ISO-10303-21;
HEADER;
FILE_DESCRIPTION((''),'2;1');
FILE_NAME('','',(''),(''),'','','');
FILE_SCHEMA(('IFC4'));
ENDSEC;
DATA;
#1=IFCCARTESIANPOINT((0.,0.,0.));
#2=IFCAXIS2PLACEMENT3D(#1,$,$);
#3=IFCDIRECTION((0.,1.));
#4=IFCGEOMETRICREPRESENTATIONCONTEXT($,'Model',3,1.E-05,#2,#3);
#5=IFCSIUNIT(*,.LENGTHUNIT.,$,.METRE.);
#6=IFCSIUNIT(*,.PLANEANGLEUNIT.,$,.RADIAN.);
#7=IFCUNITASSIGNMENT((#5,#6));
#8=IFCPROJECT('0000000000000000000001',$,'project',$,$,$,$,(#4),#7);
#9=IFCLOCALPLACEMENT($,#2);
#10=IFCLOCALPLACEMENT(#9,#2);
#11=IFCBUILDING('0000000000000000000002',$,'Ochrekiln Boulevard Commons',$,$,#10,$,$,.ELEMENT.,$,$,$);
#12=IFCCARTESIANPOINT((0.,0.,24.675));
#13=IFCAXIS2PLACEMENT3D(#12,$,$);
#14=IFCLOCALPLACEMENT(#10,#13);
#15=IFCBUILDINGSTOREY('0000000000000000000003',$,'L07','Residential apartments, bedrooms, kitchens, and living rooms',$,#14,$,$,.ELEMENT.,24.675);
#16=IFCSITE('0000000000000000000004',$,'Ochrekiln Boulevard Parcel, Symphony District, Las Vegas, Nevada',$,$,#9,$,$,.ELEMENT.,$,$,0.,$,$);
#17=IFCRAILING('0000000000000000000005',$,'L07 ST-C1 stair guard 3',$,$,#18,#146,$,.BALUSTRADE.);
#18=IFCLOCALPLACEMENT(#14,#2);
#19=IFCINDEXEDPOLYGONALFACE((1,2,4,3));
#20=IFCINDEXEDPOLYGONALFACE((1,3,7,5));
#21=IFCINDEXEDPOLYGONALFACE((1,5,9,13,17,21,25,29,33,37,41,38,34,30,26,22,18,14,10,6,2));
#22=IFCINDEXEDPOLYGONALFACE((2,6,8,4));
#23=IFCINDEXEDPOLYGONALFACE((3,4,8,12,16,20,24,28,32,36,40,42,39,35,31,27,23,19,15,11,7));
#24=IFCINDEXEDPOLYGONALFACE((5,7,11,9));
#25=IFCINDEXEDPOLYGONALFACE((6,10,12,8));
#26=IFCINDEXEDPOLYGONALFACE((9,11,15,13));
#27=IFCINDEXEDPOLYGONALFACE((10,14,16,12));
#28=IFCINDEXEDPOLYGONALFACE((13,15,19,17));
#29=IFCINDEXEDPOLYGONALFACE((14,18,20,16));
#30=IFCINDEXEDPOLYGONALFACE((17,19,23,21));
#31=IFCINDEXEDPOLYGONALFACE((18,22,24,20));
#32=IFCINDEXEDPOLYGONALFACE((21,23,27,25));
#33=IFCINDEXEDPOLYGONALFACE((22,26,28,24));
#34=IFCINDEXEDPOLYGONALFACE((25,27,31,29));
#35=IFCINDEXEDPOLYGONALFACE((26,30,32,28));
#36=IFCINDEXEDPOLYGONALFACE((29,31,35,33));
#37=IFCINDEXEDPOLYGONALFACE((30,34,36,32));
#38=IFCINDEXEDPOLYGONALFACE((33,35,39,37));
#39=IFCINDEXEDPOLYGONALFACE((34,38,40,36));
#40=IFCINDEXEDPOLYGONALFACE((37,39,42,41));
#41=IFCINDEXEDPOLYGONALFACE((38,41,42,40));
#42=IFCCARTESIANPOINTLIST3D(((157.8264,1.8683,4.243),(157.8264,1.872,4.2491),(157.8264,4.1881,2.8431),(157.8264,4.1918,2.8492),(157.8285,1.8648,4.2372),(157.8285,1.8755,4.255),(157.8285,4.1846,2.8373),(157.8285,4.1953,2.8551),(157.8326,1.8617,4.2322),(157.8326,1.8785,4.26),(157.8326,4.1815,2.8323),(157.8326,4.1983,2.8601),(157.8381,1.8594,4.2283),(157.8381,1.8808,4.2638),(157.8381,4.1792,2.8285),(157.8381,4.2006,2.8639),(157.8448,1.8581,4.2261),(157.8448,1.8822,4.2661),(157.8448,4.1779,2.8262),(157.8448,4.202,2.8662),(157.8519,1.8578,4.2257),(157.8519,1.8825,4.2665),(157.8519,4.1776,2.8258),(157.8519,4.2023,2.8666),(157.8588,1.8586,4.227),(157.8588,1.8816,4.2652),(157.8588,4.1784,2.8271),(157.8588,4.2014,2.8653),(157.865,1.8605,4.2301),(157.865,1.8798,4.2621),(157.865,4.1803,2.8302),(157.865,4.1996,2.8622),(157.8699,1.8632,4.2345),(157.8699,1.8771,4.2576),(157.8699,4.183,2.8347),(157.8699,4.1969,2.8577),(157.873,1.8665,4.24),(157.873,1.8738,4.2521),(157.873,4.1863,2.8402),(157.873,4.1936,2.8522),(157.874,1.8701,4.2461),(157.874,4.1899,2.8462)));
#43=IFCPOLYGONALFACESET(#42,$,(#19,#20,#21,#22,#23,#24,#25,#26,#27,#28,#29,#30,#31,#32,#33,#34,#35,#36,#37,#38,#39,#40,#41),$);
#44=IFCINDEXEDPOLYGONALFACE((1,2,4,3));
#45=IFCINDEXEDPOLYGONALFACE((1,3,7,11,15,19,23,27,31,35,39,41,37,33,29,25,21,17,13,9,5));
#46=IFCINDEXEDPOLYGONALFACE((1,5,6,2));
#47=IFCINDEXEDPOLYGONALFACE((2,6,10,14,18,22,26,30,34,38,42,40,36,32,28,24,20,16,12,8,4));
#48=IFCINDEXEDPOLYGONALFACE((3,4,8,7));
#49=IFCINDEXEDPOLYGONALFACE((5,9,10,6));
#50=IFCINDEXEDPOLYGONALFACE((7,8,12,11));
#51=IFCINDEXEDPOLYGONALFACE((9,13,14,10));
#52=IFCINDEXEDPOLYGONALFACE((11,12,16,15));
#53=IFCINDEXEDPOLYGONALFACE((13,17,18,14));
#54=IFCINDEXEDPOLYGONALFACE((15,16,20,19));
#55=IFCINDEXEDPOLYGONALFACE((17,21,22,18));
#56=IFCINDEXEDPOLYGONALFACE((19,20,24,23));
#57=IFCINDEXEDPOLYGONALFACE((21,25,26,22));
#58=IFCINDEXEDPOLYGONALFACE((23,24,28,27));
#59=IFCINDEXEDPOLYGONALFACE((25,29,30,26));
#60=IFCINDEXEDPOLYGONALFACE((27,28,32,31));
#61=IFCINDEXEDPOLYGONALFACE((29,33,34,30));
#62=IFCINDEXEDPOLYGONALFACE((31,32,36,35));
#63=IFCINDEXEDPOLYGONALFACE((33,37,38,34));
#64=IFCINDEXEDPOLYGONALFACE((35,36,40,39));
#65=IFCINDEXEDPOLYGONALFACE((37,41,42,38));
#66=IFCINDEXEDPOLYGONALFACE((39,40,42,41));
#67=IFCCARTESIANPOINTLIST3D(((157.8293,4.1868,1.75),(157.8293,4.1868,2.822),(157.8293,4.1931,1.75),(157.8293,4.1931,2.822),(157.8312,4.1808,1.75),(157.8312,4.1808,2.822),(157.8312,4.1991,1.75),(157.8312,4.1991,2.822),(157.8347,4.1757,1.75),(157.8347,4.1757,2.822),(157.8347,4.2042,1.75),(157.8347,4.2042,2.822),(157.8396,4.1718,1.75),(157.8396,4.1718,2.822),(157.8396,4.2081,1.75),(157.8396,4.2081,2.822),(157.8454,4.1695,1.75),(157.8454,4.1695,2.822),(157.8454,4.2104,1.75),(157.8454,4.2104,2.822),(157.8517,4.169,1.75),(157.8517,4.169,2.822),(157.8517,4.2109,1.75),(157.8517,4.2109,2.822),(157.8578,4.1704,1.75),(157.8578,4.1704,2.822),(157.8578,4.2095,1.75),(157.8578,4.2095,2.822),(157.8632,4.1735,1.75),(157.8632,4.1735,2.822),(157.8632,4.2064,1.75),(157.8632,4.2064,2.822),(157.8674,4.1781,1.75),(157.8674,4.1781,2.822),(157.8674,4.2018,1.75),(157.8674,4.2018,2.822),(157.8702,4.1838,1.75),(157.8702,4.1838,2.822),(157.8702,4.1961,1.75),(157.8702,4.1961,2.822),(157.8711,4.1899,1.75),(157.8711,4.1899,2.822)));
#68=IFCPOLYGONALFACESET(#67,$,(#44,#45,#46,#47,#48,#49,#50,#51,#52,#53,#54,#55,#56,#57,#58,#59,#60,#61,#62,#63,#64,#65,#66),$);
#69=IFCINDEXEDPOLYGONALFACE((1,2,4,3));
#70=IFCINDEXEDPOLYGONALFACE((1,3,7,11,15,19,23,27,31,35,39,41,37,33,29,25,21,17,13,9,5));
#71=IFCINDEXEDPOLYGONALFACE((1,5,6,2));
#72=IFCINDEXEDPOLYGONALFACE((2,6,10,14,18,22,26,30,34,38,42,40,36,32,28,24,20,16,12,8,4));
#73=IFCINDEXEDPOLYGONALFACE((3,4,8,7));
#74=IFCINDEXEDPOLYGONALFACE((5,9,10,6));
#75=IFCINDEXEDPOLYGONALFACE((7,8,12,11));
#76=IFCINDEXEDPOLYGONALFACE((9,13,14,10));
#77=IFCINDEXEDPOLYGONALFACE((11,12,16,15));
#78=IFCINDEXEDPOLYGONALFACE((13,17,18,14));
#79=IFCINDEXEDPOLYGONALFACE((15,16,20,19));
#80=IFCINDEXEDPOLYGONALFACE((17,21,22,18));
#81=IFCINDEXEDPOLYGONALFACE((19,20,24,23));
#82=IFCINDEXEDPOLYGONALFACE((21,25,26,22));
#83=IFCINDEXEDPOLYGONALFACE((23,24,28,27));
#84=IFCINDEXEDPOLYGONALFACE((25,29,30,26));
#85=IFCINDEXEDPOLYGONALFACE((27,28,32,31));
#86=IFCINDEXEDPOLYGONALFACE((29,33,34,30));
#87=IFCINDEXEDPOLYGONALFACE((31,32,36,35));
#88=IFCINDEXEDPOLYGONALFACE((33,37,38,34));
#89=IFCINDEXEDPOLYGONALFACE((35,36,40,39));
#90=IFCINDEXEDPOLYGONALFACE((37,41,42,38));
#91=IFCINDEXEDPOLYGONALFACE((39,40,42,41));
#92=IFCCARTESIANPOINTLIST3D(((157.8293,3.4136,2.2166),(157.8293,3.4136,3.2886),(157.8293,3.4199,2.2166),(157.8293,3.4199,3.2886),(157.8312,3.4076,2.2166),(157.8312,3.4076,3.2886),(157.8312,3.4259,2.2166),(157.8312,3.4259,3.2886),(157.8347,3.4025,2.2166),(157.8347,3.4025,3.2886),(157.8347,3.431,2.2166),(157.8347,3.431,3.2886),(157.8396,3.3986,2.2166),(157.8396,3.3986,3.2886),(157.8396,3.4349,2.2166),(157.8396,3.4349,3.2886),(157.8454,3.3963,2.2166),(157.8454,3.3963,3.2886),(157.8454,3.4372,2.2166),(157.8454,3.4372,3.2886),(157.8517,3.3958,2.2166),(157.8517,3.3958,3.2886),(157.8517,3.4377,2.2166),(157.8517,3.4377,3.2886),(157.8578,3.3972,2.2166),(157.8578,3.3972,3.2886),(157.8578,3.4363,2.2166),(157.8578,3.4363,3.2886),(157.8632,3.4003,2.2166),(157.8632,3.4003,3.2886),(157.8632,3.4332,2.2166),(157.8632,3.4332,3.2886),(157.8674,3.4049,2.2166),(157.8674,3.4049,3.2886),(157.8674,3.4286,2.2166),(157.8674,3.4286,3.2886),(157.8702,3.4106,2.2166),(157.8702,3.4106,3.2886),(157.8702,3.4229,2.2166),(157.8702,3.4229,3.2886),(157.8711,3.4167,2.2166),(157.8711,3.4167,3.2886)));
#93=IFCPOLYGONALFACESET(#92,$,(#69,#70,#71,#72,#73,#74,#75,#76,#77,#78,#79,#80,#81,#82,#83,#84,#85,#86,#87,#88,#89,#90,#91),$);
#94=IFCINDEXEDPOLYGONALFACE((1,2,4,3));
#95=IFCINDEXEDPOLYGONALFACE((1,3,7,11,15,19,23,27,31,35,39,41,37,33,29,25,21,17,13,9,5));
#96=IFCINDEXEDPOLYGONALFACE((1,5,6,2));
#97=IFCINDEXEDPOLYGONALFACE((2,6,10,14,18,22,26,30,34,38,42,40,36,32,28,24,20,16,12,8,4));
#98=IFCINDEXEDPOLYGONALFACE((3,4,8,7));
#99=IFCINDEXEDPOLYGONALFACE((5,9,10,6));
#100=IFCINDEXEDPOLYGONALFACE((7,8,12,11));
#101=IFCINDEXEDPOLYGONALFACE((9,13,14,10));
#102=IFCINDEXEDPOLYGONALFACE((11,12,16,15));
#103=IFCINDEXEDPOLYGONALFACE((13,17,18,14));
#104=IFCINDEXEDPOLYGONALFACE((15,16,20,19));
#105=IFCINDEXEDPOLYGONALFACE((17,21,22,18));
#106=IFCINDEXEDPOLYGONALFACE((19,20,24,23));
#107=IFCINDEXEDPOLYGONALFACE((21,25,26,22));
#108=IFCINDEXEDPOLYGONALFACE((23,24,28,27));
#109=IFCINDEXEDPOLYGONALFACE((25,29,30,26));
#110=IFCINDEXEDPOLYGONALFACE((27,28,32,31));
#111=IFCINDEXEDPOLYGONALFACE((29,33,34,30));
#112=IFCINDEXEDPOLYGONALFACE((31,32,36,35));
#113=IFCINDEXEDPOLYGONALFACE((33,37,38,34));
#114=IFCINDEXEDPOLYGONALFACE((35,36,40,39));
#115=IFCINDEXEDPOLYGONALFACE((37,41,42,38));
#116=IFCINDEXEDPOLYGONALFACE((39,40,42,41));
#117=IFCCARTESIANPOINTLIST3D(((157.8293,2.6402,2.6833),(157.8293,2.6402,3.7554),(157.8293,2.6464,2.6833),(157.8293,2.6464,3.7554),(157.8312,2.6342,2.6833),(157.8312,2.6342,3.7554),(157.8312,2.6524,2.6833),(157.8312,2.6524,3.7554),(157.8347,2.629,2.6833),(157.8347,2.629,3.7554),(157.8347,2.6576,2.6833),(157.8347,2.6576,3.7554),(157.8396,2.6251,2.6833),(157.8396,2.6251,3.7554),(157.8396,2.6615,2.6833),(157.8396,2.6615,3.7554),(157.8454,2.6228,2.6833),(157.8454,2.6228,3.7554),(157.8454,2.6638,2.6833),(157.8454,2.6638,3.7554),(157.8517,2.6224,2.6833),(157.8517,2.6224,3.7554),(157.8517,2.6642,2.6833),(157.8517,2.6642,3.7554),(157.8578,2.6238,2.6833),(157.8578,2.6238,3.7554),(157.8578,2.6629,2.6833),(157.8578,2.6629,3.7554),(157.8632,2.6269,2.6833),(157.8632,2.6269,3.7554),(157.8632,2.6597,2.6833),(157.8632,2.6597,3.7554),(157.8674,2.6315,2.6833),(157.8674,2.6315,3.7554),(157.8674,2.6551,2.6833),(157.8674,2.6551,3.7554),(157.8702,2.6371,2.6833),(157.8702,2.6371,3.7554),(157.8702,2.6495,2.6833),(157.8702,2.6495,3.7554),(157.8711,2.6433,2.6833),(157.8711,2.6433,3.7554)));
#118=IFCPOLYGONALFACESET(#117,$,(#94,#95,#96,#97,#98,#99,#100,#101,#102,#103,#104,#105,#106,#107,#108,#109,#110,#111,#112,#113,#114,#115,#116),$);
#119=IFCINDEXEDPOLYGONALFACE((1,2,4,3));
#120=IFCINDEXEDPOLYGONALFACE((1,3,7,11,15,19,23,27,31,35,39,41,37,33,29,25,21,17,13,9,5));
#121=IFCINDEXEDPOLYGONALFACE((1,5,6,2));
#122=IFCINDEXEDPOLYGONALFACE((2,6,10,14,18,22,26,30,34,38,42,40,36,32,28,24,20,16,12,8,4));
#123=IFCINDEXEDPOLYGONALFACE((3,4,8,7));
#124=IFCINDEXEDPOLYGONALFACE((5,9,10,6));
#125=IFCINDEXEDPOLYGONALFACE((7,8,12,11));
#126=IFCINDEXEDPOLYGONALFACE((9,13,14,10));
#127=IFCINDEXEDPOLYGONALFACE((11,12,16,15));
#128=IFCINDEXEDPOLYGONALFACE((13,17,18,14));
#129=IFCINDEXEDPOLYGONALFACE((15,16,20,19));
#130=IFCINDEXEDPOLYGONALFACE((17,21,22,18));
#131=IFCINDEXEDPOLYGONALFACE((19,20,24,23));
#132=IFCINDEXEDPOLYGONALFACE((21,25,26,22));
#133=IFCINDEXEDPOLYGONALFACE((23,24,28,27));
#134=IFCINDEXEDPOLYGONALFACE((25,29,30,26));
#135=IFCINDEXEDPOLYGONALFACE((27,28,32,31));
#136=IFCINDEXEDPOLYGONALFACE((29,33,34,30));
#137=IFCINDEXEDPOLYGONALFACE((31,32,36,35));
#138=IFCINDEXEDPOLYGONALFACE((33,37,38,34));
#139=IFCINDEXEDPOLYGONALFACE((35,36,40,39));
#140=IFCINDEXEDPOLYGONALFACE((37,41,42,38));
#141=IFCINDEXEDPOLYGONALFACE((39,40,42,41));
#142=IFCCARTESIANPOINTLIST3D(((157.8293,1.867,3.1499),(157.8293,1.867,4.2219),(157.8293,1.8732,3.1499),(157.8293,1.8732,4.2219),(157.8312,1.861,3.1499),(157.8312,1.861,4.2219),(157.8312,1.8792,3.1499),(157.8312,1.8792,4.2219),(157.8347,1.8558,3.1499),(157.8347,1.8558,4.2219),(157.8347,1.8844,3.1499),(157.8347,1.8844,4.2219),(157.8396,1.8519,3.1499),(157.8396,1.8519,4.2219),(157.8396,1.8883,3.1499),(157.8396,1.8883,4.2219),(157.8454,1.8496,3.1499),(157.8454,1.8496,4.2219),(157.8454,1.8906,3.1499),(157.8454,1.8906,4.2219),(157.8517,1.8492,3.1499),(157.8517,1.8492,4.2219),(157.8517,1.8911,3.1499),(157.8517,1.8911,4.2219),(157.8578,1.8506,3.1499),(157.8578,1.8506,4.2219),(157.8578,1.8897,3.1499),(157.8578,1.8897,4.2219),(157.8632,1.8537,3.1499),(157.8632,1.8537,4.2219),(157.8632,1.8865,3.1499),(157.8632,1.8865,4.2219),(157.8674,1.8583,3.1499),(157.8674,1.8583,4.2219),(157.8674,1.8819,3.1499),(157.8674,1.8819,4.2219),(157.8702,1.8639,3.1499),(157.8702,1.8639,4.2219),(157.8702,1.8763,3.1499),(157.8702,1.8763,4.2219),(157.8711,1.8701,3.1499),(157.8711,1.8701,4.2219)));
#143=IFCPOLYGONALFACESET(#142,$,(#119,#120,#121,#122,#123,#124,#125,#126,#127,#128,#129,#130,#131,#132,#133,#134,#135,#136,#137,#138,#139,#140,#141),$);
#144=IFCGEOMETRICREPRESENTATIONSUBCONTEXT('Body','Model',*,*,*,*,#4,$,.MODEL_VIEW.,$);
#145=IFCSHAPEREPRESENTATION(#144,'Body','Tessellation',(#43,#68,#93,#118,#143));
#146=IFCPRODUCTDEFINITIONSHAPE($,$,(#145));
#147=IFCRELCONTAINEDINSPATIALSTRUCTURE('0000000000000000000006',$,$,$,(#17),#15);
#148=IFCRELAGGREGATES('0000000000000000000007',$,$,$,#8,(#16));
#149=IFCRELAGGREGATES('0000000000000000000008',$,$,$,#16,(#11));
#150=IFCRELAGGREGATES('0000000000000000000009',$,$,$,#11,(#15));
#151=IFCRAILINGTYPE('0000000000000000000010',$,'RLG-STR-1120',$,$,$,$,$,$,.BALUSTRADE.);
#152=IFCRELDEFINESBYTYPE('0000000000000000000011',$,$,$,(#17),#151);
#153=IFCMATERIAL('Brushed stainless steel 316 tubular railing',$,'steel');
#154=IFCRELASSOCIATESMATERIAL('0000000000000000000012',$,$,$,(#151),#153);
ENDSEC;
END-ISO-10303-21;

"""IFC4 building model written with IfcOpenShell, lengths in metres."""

from ifc_helpers import new_model, si_unit, direction, frame, origin, origin_2d, place, context, subcontext, project, spatial, circle, extrude, material, type_object, element, save


model = new_model("IFC4")

# Units and contexts
model_context = context("Model", 3, precision=1e-05, world=origin(), true_north=direction((0.0, 1.0)))
body_context = subcontext(model_context, "Body", "Model", "MODEL_VIEW")
ifc_project = project(units=[si_unit("LENGTHUNIT", "METRE"), si_unit("PLANEANGLEUNIT", "RADIAN")], contexts=[model_context])

# Site, building, storey
site_placement = place(None, origin())
site = spatial("IfcSite", under=ifc_project, at=site_placement, Name="Ochrekiln Boulevard Parcel, Symphony District, Las Vegas, Nevada", CompositionType="ELEMENT", RefElevation=0.0)
building_placement = place(site_placement, origin())
building = spatial("IfcBuilding", under=site, at=building_placement, Name="Ochrekiln Boulevard Commons", CompositionType="ELEMENT")
storey_placement = place(building_placement, frame((0.0, 0.0, 24.675)))
storey = spatial("IfcBuildingStorey", under=building, at=storey_placement, Name="L07", Description="Residential apartments, bedrooms, kitchens, and living rooms", CompositionType="ELEMENT", Elevation=24.675)

# Railing
ifc_material_1 = material(Name="Brushed stainless steel 316 tubular railing", Category="steel")
railing_type_1 = type_object("IfcRailingType", Name="RLG-STR-1120", PredefinedType="BALUSTRADE", material=ifc_material_1)
railing_1_placement = place(storey_placement, frame((157.8501, 4.1899, 1.75)))
element("IfcRailing", 1, at=railing_1_placement, inside=storey, type_object=railing_type_1, Name="L07 ST-C1 stair guard 3", PredefinedType="BALUSTRADE", context=body_context, shape_type="SweptSolid", body=[
    extrude(circle(Radius=0.0239, at=origin_2d()), frame((0.0, 0.0, 1.0962), z_axis=(0.0, -0.856186, 0.516667), x_axis=(1.0, 0.0, 0.0)), (0.0, 0.0, 1.0), 2.7095),
    extrude(circle(Radius=0.021, at=origin_2d()), origin(), (0.0, 0.0, 1.0), 1.072),
    extrude(circle(Radius=0.021, at=origin_2d()), frame((0.0, -0.7732, 0.4666)), (0.0, 0.0, 1.0), 1.072),
    extrude(circle(Radius=0.021, at=origin_2d()), frame((0.0, -1.5466, 0.9333)), (0.0, 0.0, 1.0), 1.072),
    extrude(circle(Radius=0.021, at=origin_2d()), frame((0.0, -2.3198, 1.3999)), (0.0, 0.0, 1.0), 1.072),
])

save(model, "model.ifc")
